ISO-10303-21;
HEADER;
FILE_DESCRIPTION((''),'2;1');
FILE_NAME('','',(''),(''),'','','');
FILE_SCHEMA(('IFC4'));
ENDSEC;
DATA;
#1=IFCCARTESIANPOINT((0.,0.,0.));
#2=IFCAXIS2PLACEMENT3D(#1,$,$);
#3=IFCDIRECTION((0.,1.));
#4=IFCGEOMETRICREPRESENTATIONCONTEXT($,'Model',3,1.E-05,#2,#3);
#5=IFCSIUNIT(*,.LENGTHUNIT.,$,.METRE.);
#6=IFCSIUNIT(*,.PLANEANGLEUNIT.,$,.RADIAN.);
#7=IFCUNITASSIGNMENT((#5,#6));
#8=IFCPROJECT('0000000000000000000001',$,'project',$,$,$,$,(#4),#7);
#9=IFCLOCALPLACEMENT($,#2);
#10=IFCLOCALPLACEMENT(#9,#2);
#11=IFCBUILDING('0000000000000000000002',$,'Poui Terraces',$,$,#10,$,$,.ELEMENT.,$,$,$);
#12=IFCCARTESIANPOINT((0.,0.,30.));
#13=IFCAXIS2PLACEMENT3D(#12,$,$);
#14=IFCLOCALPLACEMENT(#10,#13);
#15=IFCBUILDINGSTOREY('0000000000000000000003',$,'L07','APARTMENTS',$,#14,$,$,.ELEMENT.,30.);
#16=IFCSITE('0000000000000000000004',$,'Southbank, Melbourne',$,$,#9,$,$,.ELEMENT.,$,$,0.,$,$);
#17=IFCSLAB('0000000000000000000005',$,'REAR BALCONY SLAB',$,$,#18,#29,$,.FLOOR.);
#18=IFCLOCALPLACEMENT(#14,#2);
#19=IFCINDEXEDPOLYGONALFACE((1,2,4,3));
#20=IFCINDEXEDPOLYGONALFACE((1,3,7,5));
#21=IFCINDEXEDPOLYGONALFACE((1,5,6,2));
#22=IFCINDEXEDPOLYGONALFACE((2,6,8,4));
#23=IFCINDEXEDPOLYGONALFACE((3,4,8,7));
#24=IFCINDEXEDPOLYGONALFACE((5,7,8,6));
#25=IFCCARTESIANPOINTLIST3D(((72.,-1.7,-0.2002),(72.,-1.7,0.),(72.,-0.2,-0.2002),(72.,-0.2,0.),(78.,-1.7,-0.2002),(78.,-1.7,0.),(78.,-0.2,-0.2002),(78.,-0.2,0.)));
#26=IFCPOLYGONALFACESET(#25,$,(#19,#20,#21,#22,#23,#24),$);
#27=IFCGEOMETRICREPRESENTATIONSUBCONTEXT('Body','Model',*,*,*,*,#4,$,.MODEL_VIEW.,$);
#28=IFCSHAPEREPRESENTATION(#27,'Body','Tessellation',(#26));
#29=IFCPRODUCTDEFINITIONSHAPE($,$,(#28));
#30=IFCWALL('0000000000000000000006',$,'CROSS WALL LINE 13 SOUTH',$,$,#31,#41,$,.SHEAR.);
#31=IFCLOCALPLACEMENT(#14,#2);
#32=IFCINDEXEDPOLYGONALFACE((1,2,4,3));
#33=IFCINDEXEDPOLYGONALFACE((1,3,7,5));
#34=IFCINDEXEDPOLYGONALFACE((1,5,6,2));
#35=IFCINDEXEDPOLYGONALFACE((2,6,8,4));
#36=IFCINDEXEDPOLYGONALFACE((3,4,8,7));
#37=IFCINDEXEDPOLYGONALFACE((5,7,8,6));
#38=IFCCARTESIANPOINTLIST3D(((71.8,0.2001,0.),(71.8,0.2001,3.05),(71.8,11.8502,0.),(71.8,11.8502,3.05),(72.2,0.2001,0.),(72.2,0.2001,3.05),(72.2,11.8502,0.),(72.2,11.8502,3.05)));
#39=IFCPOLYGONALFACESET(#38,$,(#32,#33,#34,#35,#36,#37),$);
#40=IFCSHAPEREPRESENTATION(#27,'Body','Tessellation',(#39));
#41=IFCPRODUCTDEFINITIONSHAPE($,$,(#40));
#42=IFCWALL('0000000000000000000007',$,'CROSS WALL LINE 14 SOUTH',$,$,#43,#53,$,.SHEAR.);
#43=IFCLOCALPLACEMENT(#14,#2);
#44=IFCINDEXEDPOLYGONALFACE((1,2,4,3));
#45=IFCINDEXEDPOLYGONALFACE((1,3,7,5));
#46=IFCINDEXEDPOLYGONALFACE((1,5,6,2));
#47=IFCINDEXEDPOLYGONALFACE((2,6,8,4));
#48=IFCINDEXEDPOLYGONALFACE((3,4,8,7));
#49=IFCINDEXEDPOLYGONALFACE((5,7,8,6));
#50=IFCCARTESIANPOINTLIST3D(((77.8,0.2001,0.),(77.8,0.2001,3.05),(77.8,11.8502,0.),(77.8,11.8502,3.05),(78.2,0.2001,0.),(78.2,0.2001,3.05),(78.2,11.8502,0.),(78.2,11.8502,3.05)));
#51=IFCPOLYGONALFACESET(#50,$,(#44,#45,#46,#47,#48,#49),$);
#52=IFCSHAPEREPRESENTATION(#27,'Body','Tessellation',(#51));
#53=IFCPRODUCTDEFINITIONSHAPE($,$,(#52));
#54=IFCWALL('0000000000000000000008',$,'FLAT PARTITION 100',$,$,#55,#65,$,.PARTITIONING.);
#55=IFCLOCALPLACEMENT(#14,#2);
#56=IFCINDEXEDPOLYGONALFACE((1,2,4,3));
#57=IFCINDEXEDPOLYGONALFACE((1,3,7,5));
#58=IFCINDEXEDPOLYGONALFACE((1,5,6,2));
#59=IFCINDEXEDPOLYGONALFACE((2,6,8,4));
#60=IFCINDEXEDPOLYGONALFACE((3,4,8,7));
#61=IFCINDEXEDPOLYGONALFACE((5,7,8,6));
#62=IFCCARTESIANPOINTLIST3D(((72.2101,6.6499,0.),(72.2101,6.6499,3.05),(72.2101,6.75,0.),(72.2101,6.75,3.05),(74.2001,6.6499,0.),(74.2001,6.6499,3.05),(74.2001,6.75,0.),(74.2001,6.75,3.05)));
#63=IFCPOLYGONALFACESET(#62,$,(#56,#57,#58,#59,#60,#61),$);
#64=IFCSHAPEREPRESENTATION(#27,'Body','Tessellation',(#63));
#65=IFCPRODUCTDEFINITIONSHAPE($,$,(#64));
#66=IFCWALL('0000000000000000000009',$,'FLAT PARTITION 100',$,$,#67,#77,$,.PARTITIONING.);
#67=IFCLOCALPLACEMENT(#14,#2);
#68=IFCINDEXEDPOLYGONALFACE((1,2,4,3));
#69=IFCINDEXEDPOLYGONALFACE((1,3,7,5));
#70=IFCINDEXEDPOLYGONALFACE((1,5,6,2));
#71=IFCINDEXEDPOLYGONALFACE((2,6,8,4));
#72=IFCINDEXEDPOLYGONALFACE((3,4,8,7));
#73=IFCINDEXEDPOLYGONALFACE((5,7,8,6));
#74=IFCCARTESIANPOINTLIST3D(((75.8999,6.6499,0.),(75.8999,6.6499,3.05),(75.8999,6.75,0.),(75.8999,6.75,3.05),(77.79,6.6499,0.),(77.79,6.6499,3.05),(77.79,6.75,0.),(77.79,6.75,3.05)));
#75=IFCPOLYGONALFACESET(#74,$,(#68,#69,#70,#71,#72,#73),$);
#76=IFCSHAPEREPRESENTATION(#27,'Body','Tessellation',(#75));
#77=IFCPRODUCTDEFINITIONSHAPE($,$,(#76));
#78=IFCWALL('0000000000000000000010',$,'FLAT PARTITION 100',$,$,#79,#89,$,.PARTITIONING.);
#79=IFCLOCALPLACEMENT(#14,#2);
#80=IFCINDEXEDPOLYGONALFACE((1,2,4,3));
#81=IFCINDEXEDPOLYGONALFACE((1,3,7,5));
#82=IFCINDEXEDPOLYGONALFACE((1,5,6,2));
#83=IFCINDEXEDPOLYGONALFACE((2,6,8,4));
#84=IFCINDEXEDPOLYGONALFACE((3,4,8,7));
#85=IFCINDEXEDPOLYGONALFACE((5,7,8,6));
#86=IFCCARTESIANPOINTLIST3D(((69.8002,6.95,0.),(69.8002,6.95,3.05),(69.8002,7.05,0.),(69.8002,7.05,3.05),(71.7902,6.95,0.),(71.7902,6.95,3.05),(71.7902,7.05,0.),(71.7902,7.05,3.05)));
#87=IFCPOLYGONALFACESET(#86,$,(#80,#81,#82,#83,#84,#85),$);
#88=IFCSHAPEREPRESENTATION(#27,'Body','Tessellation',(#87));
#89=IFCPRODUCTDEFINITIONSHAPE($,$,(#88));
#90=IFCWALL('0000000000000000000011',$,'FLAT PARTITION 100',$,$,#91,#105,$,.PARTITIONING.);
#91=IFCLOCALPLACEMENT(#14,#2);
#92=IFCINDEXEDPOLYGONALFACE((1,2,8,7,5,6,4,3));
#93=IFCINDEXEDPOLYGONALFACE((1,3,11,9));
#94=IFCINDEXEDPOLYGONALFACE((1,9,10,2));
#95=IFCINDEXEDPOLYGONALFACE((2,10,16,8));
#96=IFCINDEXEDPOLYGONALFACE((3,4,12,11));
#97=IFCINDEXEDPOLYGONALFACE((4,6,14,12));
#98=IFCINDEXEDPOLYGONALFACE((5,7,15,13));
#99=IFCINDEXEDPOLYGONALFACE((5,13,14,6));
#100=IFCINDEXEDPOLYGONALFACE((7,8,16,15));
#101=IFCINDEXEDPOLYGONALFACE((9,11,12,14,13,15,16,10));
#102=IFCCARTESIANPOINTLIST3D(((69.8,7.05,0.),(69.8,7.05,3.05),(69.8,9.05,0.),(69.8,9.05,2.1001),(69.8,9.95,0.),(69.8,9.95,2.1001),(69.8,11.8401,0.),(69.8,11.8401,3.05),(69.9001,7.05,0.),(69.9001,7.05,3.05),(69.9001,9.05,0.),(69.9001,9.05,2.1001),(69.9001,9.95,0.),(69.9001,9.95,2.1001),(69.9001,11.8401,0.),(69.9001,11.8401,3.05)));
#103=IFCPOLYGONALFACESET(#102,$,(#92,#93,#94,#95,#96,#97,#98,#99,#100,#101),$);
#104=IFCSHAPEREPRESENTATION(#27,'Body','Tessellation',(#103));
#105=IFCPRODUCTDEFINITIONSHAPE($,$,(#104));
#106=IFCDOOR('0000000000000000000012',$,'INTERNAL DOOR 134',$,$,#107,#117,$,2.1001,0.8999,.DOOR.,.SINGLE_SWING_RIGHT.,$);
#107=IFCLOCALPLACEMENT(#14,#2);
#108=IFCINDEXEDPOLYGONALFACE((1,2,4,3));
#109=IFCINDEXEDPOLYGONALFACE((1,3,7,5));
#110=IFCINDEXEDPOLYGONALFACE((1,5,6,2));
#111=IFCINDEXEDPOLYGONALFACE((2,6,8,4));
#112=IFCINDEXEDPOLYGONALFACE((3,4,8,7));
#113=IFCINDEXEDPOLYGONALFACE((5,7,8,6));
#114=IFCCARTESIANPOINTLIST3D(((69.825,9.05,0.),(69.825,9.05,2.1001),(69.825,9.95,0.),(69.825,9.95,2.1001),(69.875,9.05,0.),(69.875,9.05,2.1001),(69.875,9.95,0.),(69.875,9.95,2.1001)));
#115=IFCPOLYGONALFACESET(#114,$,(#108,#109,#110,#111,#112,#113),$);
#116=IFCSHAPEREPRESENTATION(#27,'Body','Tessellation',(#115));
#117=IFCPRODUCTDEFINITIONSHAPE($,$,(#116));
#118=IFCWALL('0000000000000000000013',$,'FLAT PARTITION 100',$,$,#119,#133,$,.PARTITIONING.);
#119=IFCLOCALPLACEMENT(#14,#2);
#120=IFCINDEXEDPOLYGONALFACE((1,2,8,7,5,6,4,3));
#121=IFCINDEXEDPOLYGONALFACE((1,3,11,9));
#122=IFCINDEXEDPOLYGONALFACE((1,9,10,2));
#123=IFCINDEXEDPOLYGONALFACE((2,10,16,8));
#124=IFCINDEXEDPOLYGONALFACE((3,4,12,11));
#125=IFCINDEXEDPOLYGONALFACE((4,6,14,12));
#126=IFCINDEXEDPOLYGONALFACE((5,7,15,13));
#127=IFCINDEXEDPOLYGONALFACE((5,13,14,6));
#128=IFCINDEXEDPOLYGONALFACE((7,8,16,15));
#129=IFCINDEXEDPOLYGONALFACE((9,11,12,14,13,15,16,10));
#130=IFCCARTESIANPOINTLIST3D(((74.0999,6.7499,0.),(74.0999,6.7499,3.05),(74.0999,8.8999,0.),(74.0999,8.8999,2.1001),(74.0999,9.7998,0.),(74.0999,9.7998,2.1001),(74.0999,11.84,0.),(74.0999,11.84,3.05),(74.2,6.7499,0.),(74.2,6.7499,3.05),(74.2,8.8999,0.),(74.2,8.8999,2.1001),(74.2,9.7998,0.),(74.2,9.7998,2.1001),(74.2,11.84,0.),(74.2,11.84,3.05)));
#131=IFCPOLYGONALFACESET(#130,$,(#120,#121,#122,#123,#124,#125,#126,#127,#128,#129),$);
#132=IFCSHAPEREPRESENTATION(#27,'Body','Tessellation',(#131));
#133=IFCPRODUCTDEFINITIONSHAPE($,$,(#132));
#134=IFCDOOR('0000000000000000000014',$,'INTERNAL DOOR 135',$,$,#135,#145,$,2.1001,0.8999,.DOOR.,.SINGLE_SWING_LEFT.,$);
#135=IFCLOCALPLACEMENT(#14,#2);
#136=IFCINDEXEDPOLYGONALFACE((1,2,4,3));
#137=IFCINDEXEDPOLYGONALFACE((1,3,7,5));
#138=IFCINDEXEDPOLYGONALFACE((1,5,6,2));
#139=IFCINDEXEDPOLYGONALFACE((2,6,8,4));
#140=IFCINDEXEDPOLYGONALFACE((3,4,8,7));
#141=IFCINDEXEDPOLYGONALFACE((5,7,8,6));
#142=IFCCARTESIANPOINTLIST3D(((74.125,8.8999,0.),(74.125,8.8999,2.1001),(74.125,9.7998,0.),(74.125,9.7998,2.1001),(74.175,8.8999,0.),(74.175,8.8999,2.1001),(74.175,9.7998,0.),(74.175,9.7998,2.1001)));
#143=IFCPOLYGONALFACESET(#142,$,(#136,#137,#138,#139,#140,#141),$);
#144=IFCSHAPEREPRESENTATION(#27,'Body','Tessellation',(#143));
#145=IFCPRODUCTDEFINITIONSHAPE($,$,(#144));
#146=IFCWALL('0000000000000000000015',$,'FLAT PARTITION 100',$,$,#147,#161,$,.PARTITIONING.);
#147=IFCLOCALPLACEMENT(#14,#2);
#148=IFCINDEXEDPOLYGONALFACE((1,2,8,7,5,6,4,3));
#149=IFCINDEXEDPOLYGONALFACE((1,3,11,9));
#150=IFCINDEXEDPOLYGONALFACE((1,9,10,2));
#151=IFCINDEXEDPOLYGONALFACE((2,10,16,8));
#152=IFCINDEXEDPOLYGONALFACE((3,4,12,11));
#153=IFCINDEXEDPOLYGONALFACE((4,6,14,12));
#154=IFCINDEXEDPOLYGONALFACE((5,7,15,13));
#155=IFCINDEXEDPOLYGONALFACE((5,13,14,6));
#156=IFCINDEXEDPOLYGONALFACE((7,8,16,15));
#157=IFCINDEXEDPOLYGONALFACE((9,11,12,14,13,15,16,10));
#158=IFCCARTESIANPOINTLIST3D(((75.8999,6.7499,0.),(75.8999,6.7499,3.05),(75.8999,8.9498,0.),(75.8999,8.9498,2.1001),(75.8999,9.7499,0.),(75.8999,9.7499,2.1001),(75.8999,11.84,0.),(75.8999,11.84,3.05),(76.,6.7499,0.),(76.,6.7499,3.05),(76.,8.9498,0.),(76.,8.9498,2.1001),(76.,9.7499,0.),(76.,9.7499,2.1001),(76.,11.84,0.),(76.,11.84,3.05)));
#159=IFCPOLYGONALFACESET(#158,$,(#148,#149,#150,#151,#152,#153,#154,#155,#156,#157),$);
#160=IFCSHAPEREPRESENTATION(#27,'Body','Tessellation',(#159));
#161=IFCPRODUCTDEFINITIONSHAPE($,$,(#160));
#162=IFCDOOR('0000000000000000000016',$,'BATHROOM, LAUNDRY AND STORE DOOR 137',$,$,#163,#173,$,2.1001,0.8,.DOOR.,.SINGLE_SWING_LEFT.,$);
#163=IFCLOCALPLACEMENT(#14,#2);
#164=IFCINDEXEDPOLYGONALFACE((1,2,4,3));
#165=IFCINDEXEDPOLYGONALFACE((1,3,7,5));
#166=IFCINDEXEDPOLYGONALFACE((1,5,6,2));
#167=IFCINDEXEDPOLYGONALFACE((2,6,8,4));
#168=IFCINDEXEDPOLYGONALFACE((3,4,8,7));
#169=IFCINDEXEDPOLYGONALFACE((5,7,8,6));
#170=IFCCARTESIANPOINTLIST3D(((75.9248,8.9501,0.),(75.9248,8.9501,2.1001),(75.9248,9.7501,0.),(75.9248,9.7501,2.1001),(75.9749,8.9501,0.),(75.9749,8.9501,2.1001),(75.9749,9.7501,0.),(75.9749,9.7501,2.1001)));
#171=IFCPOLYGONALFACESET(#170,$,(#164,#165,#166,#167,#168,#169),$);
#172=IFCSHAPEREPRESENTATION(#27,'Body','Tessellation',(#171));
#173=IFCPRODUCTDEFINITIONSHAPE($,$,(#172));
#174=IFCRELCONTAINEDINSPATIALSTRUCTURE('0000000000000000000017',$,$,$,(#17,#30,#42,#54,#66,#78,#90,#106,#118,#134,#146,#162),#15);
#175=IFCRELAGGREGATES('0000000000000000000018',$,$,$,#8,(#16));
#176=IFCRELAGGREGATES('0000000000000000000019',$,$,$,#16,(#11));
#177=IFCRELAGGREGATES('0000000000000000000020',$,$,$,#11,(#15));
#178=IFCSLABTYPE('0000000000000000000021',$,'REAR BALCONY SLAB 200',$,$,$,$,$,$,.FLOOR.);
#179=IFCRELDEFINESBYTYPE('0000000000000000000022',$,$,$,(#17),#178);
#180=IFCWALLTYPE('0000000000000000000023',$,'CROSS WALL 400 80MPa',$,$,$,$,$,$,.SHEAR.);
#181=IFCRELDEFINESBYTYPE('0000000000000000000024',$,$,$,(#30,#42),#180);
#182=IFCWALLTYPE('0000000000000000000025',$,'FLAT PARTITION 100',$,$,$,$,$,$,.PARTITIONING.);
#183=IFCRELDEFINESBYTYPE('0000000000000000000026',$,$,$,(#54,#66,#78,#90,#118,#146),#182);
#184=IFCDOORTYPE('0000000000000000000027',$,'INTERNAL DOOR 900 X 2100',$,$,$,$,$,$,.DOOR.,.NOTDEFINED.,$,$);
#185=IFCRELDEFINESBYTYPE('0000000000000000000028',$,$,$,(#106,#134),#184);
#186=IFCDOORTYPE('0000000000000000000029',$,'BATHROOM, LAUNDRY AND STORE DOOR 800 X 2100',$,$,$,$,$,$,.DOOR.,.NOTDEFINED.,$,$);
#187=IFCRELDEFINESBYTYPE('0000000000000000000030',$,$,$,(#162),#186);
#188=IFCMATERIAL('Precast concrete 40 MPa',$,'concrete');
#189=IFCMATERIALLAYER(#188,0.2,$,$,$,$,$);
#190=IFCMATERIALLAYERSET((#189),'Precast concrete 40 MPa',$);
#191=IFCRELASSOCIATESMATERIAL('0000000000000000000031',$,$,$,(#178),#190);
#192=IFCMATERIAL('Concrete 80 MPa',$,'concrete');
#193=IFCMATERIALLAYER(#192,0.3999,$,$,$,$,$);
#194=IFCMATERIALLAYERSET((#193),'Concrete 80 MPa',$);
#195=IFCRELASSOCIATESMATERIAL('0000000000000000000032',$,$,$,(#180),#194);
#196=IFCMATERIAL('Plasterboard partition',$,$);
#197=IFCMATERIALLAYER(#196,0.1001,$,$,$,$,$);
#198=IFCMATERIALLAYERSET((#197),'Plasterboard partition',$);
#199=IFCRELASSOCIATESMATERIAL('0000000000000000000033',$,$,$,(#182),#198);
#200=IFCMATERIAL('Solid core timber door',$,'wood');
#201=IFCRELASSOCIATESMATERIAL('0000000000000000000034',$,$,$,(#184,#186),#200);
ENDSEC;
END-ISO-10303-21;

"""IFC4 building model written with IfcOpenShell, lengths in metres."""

from ifc_helpers import new_model, si_unit, direction, frame, frame_2d, origin, place, context, subcontext, project, spatial, polyline, rectangle, outline, extrude, source, transform, mapped, material, layer, layer_set, type_object, element, fill, save


model = new_model("IFC4")

# Units and contexts
model_context = context("Model", 3, precision=1e-05, world=origin(), true_north=direction((0.0, 1.0)))
body_context = subcontext(model_context, "Body", "Model", "MODEL_VIEW")
ifc_project = project(units=[si_unit("LENGTHUNIT", "METRE"), si_unit("PLANEANGLEUNIT", "RADIAN")], contexts=[model_context])

# Site, building, storey
site_placement = place(None, origin())
site = spatial("IfcSite", under=ifc_project, at=site_placement, Name="Southbank, Melbourne", CompositionType="ELEMENT", RefElevation=0.0)
building_placement = place(site_placement, origin())
building = spatial("IfcBuilding", under=site, at=building_placement, Name="Poui Terraces", CompositionType="ELEMENT")
storey_placement = place(building_placement, frame((0.0, 0.0, 30.0)))
storey = spatial("IfcBuildingStorey", under=building, at=storey_placement, Name="L07", Description="APARTMENTS", CompositionType="ELEMENT", Elevation=30.0)

# Slab
ifc_material_1 = material(Name="Precast concrete 40 MPa", Category="concrete")
ifc_layer_1 = layer(ifc_material_1, 0.2)
ifc_layer_set_1 = layer_set([ifc_layer_1], Name="Precast concrete 40 MPa")
slab_type = type_object("IfcSlabType", Name="REAR BALCONY SLAB 200", PredefinedType="FLOOR", material=ifc_layer_set_1)
shared_shape_1 = source(origin(), body_context, "Body", "SweptSolid", [
    extrude(outline(polyline([(0.0, 0.0), (6.0, 0.0), (6.0, 1.5), (0.0, 1.5), (0.0, 0.0)])), origin(), (0.0, 0.0, 1.0), 0.2002),
])
slab_placement = place(storey_placement, frame((72.0, -1.7, -0.2002)))
element("IfcSlab", 1, at=slab_placement, inside=storey, type_object=slab_type, Name="REAR BALCONY SLAB", PredefinedType="FLOOR", context=body_context, shape_type="MappedRepresentation", body=[
    mapped(shared_shape_1, transform((0.0, 0.0, 0.0))),
])

# Walls
ifc_material_2 = material(Name="Concrete 80 MPa", Category="concrete")
ifc_layer_2 = layer(ifc_material_2, 0.3999)
ifc_layer_set_2 = layer_set([ifc_layer_2], Name="Concrete 80 MPa")
wall_type_1 = type_object("IfcWallType", Name="CROSS WALL 400 80MPa", PredefinedType="SHEAR", material=ifc_layer_set_2)
for number, where, z_axis, x_axis, name in (
    (2, (72.0, 0.2, 0.0), (0.0, 0.0, 1.0), (0.0, 1.0, 0.0), "CROSS WALL LINE 13 SOUTH"),
    (3, (78.0, 0.2, 0.0), (0.0, 0.0, 1.0), (0.0, 1.0, 0.0), "CROSS WALL LINE 14 SOUTH"),
):
    element("IfcWall", number, at=place(storey_placement, frame(where, z_axis=z_axis, x_axis=x_axis)), inside=storey, type_object=wall_type_1, Name=name, PredefinedType="SHEAR", context=body_context, shape_type="SweptSolid", body=[
        extrude(rectangle(XDim=11.6501, YDim=0.3999, at=frame_2d((5.8252, 0.0))), origin(), (0.0, 0.0, 1.0), 3.05),
    ])
ifc_material_3 = material(Name="Plasterboard partition")
ifc_layer_3 = layer(ifc_material_3, 0.1001)
ifc_layer_set_3 = layer_set([ifc_layer_3], Name="Plasterboard partition")
wall_type_2 = type_object("IfcWallType", Name="FLAT PARTITION 100", PredefinedType="PARTITIONING", material=ifc_layer_set_3)
wall_1_placement = place(storey_placement, frame((72.21, 6.7, 0.0), z_axis=(0.0, 0.0, 1.0), x_axis=(1.0, 0.0, 0.0)))
element("IfcWall", 4, at=wall_1_placement, inside=storey, type_object=wall_type_2, Name="FLAT PARTITION 100", PredefinedType="PARTITIONING", context=body_context, shape_type="SweptSolid", body=[
    extrude(rectangle(XDim=1.99, YDim=0.1001, at=frame_2d((0.9951, 0.0))), origin(), (0.0, 0.0, 1.0), 3.05),
])
wall_2_placement = place(storey_placement, frame((75.8999, 6.7, 0.0), z_axis=(0.0, 0.0, 1.0), x_axis=(1.0, 0.0, 0.0)))
element("IfcWall", 5, at=wall_2_placement, inside=storey, type_object=wall_type_2, Name="FLAT PARTITION 100", PredefinedType="PARTITIONING", context=body_context, shape_type="SweptSolid", body=[
    extrude(rectangle(XDim=1.8901, YDim=0.1001, at=frame_2d((0.9451, 0.0))), origin(), (0.0, 0.0, 1.0), 3.05),
])
wall_3_placement = place(storey_placement, frame((69.8, 7.0, 0.0), z_axis=(0.0, 0.0, 1.0), x_axis=(1.0, 0.0, 0.0)))
element("IfcWall", 6, at=wall_3_placement, inside=storey, type_object=wall_type_2, Name="FLAT PARTITION 100", PredefinedType="PARTITIONING", context=body_context, shape_type="SweptSolid", body=[
    extrude(rectangle(XDim=1.99, YDim=0.1001, at=frame_2d((0.9951, 0.0))), origin(), (0.0, 0.0, 1.0), 3.05),
])

# Walls, openings, doors
wall_4_placement = place(storey_placement, frame((69.8501, 7.05, 0.0), z_axis=(0.0, 0.0, 1.0), x_axis=(0.0, 1.0, 0.0)))
wall_4 = element("IfcWall", 7, at=wall_4_placement, inside=storey, type_object=wall_type_2, Name="FLAT PARTITION 100", PredefinedType="PARTITIONING", context=body_context, shape_type="SweptSolid", body=[
    extrude(rectangle(XDim=4.79, YDim=0.1001, at=frame_2d((2.395, 0.0))), origin(), (0.0, 0.0, 1.0), 3.05),
])
opening_1_placement = place(wall_4_placement, frame((2.0, 0.0, 0.0)))
opening_1 = element("IfcOpeningElement", 8, at=opening_1_placement, cuts=wall_4, PredefinedType="OPENING", context=body_context, shape_type="SweptSolid", body=[
    extrude(rectangle(XDim=0.8999, YDim=2.1001, at=frame_2d((0.45, 1.05))), frame((0.0, 0.0601, 0.0), z_axis=(0.0, -1.0, 0.0), x_axis=(1.0, 0.0, 0.0)), (0.0, 0.0, 1.0), 0.1201),
])
ifc_material_4 = material(Name="Solid core timber door", Category="wood")
door_type_1 = type_object("IfcDoorType", Name="INTERNAL DOOR 900 X 2100", OperationType="NOTDEFINED", PredefinedType="DOOR", material=ifc_material_4)
door_1_placement = place(opening_1_placement, frame((0.8999, 0.0, 0.0), z_axis=(0.0, 0.0, 1.0), x_axis=(-1.0, 0.0, 0.0)))
door_1 = element("IfcDoor", 9, at=door_1_placement, inside=storey, type_object=door_type_1, Name="INTERNAL DOOR 134", OperationType="SINGLE_SWING_RIGHT", OverallHeight=2.1001, OverallWidth=0.8999, PredefinedType="DOOR", context=body_context, shape_type="SweptSolid", body=[
    extrude(rectangle(XDim=0.8999, YDim=2.1001, at=frame_2d((0.45, 1.05))), frame((0.0, 0.0249, 0.0), z_axis=(0.0, -1.0, 0.0), x_axis=(1.0, 0.0, 0.0)), (0.0, 0.0, 1.0), 0.05),
])
fill(opening_1, door_1)
wall_5_placement = place(storey_placement, frame((74.1499, 6.75, 0.0), z_axis=(0.0, 0.0, 1.0), x_axis=(0.0, 1.0, 0.0)))
wall_5 = element("IfcWall", 10, at=wall_5_placement, inside=storey, type_object=wall_type_2, Name="FLAT PARTITION 100", PredefinedType="PARTITIONING", context=body_context, shape_type="SweptSolid", body=[
    extrude(rectangle(XDim=5.0901, YDim=0.1001, at=frame_2d((2.5449, 0.0))), origin(), (0.0, 0.0, 1.0), 3.05),
])
opening_2_placement = place(wall_5_placement, frame((2.1499, 0.0, 0.0)))
opening_2 = element("IfcOpeningElement", 11, at=opening_2_placement, cuts=wall_5, PredefinedType="OPENING", context=body_context, shape_type="SweptSolid", body=[
    extrude(rectangle(XDim=0.8999, YDim=2.1001, at=frame_2d((0.45, 1.05))), frame((0.0, 0.0601, 0.0), z_axis=(0.0, -1.0, 0.0), x_axis=(1.0, 0.0, 0.0)), (0.0, 0.0, 1.0), 0.1201),
])
door_2_placement = place(opening_2_placement, origin())
door_2 = element("IfcDoor", 12, at=door_2_placement, inside=storey, type_object=door_type_1, Name="INTERNAL DOOR 135", OperationType="SINGLE_SWING_LEFT", OverallHeight=2.1001, OverallWidth=0.8999, PredefinedType="DOOR", context=body_context, shape_type="SweptSolid", body=[
    extrude(rectangle(XDim=0.8999, YDim=2.1001, at=frame_2d((0.45, 1.05))), frame((0.0, 0.0249, 0.0), z_axis=(0.0, -1.0, 0.0), x_axis=(1.0, 0.0, 0.0)), (0.0, 0.0, 1.0), 0.05),
])
fill(opening_2, door_2)
wall_6_placement = place(storey_placement, frame((75.95, 6.75, 0.0), z_axis=(0.0, 0.0, 1.0), x_axis=(0.0, 1.0, 0.0)))
wall_6 = element("IfcWall", 13, at=wall_6_placement, inside=storey, type_object=wall_type_2, Name="FLAT PARTITION 100", PredefinedType="PARTITIONING", context=body_context, shape_type="SweptSolid", body=[
    extrude(rectangle(XDim=5.0901, YDim=0.1001, at=frame_2d((2.5449, 0.0))), origin(), (0.0, 0.0, 1.0), 3.05),
])
opening_3_placement = place(wall_6_placement, frame((2.2, 0.0, 0.0)))
opening_3 = element("IfcOpeningElement", 14, at=opening_3_placement, cuts=wall_6, PredefinedType="OPENING", context=body_context, shape_type="SweptSolid", body=[
    extrude(rectangle(XDim=0.8, YDim=2.1001, at=frame_2d((0.3999, 1.05))), frame((0.0, 0.0601, 0.0), z_axis=(0.0, -1.0, 0.0), x_axis=(1.0, 0.0, 0.0)), (0.0, 0.0, 1.0), 0.1201),
])
door_type_2 = type_object("IfcDoorType", Name="BATHROOM, LAUNDRY AND STORE DOOR 800 X 2100", OperationType="NOTDEFINED", PredefinedType="DOOR", material=ifc_material_4)
door_3_placement = place(opening_3_placement, frame((0.8, 0.0, 0.0), z_axis=(0.0, 0.0, 1.0), x_axis=(-1.0, 0.0, 0.0)))
door_3 = element("IfcDoor", 15, at=door_3_placement, inside=storey, type_object=door_type_2, Name="BATHROOM, LAUNDRY AND STORE DOOR 137", OperationType="SINGLE_SWING_LEFT", OverallHeight=2.1001, OverallWidth=0.8, PredefinedType="DOOR", context=body_context, shape_type="SweptSolid", body=[
    extrude(rectangle(XDim=0.8, YDim=2.1001, at=frame_2d((0.3999, 1.05))), frame((0.0, 0.0249, 0.0), z_axis=(0.0, -1.0, 0.0), x_axis=(1.0, 0.0, 0.0)), (0.0, 0.0, 1.0), 0.05),
])
fill(opening_3, door_3)

save(model, "model.ifc")
